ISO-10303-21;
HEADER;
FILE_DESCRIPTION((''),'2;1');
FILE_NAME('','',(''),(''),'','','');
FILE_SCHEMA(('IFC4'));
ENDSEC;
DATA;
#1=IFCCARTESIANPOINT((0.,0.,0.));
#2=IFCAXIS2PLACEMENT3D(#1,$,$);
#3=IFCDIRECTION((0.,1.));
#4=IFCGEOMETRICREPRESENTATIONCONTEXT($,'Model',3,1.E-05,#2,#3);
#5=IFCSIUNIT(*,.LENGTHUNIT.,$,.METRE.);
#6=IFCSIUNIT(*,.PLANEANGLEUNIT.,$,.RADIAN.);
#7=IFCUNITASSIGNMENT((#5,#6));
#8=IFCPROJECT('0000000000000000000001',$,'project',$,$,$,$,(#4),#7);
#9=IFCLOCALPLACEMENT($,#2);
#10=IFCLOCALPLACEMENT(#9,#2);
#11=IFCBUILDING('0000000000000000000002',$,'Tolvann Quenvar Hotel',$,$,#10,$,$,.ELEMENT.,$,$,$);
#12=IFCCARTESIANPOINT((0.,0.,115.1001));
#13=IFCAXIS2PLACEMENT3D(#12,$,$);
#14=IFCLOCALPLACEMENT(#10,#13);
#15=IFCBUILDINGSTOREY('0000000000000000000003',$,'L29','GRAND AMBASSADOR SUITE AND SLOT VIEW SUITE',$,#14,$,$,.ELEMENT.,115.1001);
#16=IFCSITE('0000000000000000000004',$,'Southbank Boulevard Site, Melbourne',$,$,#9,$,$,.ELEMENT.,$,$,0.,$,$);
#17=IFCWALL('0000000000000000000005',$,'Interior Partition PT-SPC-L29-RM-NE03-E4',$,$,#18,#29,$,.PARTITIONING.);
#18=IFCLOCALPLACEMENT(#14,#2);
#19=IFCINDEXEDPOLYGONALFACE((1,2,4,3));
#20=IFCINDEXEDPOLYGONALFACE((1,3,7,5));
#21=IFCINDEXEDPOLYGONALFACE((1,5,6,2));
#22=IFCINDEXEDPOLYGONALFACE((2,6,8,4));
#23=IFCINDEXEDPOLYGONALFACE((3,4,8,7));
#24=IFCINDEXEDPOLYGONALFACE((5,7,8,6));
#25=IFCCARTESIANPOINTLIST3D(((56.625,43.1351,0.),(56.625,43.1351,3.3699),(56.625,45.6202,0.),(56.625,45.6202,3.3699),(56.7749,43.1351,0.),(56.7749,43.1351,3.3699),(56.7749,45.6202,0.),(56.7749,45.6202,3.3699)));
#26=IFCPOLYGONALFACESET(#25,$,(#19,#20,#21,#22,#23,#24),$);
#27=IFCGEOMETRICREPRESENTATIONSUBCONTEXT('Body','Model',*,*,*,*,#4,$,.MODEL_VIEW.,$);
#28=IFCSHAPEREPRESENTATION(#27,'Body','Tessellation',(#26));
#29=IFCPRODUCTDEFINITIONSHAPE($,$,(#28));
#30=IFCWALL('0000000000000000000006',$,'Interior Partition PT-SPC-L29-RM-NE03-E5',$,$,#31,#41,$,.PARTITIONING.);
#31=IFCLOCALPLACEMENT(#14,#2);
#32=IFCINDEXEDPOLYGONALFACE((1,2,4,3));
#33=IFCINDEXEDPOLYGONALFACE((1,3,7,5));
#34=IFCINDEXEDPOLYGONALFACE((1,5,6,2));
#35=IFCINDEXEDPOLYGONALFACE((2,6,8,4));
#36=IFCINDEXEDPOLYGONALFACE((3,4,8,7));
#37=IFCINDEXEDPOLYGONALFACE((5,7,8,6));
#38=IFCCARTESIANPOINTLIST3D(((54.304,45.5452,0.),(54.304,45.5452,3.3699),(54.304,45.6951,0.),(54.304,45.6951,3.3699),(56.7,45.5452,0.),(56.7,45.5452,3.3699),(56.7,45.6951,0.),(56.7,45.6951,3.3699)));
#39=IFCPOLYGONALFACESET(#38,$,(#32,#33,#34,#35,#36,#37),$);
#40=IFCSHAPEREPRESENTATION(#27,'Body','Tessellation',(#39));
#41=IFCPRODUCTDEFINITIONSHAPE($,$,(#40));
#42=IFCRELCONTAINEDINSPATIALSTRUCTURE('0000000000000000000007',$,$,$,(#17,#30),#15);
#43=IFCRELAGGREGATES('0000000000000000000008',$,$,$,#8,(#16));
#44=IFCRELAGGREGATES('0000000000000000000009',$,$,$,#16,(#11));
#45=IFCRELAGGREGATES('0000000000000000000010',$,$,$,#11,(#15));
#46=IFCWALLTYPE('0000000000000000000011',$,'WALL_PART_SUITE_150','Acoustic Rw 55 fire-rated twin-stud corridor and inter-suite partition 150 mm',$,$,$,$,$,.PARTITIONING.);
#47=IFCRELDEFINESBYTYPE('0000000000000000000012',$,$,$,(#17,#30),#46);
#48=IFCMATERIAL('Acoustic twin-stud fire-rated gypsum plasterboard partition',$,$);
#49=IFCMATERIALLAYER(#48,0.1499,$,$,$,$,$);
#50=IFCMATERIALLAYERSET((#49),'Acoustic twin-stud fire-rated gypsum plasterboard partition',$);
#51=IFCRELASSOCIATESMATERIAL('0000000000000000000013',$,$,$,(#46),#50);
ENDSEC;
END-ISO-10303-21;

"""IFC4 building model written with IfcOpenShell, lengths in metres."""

from ifc_helpers import new_model, si_unit, direction, frame, frame_2d, origin, place, context, subcontext, project, spatial, rectangle, extrude, material, layer, layer_set, type_object, element, save


model = new_model("IFC4")

# Units and contexts
model_context = context("Model", 3, precision=1e-05, world=origin(), true_north=direction((0.0, 1.0)))
body_context = subcontext(model_context, "Body", "Model", "MODEL_VIEW")
ifc_project = project(units=[si_unit("LENGTHUNIT", "METRE"), si_unit("PLANEANGLEUNIT", "RADIAN")], contexts=[model_context])

# Site, building, storey
site_placement = place(None, origin())
site = spatial("IfcSite", under=ifc_project, at=site_placement, Name="Southbank Boulevard Site, Melbourne", CompositionType="ELEMENT", RefElevation=0.0)
building_placement = place(site_placement, origin())
building = spatial("IfcBuilding", under=site, at=building_placement, Name="Tolvann Quenvar Hotel", CompositionType="ELEMENT")
storey_placement = place(building_placement, frame((0.0, 0.0, 115.1001)))
storey = spatial("IfcBuildingStorey", under=building, at=storey_placement, Name="L29", Description="GRAND AMBASSADOR SUITE AND SLOT VIEW SUITE", CompositionType="ELEMENT", Elevation=115.1001)

# Shared definitions
ifc_material_1 = material(Name="Acoustic twin-stud fire-rated gypsum plasterboard partition")
ifc_layer_1 = layer(ifc_material_1, 0.1499)
ifc_layer_set_1 = layer_set([ifc_layer_1], Name="Acoustic twin-stud fire-rated gypsum plasterboard partition")
wall_type_1 = type_object("IfcWallType", Name="WALL_PART_SUITE_150", Description="Acoustic Rw 55 fire-rated twin-stud corridor and inter-suite partition 150 mm", PredefinedType="PARTITIONING", material=ifc_layer_set_1)

# Walls
wall_1_placement = place(storey_placement, frame((56.7, 43.135, 0.0), z_axis=(0.0, 0.0, 1.0), x_axis=(0.0, 1.0, 0.0)))
element("IfcWall", 1, at=wall_1_placement, inside=storey, type_object=wall_type_1, Name="Interior Partition PT-SPC-L29-RM-NE03-E4", PredefinedType="PARTITIONING", context=body_context, shape_type="SweptSolid", body=[
    extrude(rectangle(XDim=2.4851, YDim=0.1499, at=frame_2d((1.2427, 0.0))), origin(), (0.0, 0.0, 1.0), 3.3699),
])
wall_2_placement = place(storey_placement, frame((54.304, 45.6201, 0.0), z_axis=(0.0, 0.0, 1.0), x_axis=(1.0, 0.0, 0.0)))
element("IfcWall", 2, at=wall_2_placement, inside=storey, type_object=wall_type_1, Name="Interior Partition PT-SPC-L29-RM-NE03-E5", PredefinedType="PARTITIONING", context=body_context, shape_type="SweptSolid", body=[
    extrude(rectangle(XDim=2.396, YDim=0.1499, at=frame_2d((1.198, 0.0))), origin(), (0.0, 0.0, 1.0), 3.3699),
])

save(model, "model.ifc")
